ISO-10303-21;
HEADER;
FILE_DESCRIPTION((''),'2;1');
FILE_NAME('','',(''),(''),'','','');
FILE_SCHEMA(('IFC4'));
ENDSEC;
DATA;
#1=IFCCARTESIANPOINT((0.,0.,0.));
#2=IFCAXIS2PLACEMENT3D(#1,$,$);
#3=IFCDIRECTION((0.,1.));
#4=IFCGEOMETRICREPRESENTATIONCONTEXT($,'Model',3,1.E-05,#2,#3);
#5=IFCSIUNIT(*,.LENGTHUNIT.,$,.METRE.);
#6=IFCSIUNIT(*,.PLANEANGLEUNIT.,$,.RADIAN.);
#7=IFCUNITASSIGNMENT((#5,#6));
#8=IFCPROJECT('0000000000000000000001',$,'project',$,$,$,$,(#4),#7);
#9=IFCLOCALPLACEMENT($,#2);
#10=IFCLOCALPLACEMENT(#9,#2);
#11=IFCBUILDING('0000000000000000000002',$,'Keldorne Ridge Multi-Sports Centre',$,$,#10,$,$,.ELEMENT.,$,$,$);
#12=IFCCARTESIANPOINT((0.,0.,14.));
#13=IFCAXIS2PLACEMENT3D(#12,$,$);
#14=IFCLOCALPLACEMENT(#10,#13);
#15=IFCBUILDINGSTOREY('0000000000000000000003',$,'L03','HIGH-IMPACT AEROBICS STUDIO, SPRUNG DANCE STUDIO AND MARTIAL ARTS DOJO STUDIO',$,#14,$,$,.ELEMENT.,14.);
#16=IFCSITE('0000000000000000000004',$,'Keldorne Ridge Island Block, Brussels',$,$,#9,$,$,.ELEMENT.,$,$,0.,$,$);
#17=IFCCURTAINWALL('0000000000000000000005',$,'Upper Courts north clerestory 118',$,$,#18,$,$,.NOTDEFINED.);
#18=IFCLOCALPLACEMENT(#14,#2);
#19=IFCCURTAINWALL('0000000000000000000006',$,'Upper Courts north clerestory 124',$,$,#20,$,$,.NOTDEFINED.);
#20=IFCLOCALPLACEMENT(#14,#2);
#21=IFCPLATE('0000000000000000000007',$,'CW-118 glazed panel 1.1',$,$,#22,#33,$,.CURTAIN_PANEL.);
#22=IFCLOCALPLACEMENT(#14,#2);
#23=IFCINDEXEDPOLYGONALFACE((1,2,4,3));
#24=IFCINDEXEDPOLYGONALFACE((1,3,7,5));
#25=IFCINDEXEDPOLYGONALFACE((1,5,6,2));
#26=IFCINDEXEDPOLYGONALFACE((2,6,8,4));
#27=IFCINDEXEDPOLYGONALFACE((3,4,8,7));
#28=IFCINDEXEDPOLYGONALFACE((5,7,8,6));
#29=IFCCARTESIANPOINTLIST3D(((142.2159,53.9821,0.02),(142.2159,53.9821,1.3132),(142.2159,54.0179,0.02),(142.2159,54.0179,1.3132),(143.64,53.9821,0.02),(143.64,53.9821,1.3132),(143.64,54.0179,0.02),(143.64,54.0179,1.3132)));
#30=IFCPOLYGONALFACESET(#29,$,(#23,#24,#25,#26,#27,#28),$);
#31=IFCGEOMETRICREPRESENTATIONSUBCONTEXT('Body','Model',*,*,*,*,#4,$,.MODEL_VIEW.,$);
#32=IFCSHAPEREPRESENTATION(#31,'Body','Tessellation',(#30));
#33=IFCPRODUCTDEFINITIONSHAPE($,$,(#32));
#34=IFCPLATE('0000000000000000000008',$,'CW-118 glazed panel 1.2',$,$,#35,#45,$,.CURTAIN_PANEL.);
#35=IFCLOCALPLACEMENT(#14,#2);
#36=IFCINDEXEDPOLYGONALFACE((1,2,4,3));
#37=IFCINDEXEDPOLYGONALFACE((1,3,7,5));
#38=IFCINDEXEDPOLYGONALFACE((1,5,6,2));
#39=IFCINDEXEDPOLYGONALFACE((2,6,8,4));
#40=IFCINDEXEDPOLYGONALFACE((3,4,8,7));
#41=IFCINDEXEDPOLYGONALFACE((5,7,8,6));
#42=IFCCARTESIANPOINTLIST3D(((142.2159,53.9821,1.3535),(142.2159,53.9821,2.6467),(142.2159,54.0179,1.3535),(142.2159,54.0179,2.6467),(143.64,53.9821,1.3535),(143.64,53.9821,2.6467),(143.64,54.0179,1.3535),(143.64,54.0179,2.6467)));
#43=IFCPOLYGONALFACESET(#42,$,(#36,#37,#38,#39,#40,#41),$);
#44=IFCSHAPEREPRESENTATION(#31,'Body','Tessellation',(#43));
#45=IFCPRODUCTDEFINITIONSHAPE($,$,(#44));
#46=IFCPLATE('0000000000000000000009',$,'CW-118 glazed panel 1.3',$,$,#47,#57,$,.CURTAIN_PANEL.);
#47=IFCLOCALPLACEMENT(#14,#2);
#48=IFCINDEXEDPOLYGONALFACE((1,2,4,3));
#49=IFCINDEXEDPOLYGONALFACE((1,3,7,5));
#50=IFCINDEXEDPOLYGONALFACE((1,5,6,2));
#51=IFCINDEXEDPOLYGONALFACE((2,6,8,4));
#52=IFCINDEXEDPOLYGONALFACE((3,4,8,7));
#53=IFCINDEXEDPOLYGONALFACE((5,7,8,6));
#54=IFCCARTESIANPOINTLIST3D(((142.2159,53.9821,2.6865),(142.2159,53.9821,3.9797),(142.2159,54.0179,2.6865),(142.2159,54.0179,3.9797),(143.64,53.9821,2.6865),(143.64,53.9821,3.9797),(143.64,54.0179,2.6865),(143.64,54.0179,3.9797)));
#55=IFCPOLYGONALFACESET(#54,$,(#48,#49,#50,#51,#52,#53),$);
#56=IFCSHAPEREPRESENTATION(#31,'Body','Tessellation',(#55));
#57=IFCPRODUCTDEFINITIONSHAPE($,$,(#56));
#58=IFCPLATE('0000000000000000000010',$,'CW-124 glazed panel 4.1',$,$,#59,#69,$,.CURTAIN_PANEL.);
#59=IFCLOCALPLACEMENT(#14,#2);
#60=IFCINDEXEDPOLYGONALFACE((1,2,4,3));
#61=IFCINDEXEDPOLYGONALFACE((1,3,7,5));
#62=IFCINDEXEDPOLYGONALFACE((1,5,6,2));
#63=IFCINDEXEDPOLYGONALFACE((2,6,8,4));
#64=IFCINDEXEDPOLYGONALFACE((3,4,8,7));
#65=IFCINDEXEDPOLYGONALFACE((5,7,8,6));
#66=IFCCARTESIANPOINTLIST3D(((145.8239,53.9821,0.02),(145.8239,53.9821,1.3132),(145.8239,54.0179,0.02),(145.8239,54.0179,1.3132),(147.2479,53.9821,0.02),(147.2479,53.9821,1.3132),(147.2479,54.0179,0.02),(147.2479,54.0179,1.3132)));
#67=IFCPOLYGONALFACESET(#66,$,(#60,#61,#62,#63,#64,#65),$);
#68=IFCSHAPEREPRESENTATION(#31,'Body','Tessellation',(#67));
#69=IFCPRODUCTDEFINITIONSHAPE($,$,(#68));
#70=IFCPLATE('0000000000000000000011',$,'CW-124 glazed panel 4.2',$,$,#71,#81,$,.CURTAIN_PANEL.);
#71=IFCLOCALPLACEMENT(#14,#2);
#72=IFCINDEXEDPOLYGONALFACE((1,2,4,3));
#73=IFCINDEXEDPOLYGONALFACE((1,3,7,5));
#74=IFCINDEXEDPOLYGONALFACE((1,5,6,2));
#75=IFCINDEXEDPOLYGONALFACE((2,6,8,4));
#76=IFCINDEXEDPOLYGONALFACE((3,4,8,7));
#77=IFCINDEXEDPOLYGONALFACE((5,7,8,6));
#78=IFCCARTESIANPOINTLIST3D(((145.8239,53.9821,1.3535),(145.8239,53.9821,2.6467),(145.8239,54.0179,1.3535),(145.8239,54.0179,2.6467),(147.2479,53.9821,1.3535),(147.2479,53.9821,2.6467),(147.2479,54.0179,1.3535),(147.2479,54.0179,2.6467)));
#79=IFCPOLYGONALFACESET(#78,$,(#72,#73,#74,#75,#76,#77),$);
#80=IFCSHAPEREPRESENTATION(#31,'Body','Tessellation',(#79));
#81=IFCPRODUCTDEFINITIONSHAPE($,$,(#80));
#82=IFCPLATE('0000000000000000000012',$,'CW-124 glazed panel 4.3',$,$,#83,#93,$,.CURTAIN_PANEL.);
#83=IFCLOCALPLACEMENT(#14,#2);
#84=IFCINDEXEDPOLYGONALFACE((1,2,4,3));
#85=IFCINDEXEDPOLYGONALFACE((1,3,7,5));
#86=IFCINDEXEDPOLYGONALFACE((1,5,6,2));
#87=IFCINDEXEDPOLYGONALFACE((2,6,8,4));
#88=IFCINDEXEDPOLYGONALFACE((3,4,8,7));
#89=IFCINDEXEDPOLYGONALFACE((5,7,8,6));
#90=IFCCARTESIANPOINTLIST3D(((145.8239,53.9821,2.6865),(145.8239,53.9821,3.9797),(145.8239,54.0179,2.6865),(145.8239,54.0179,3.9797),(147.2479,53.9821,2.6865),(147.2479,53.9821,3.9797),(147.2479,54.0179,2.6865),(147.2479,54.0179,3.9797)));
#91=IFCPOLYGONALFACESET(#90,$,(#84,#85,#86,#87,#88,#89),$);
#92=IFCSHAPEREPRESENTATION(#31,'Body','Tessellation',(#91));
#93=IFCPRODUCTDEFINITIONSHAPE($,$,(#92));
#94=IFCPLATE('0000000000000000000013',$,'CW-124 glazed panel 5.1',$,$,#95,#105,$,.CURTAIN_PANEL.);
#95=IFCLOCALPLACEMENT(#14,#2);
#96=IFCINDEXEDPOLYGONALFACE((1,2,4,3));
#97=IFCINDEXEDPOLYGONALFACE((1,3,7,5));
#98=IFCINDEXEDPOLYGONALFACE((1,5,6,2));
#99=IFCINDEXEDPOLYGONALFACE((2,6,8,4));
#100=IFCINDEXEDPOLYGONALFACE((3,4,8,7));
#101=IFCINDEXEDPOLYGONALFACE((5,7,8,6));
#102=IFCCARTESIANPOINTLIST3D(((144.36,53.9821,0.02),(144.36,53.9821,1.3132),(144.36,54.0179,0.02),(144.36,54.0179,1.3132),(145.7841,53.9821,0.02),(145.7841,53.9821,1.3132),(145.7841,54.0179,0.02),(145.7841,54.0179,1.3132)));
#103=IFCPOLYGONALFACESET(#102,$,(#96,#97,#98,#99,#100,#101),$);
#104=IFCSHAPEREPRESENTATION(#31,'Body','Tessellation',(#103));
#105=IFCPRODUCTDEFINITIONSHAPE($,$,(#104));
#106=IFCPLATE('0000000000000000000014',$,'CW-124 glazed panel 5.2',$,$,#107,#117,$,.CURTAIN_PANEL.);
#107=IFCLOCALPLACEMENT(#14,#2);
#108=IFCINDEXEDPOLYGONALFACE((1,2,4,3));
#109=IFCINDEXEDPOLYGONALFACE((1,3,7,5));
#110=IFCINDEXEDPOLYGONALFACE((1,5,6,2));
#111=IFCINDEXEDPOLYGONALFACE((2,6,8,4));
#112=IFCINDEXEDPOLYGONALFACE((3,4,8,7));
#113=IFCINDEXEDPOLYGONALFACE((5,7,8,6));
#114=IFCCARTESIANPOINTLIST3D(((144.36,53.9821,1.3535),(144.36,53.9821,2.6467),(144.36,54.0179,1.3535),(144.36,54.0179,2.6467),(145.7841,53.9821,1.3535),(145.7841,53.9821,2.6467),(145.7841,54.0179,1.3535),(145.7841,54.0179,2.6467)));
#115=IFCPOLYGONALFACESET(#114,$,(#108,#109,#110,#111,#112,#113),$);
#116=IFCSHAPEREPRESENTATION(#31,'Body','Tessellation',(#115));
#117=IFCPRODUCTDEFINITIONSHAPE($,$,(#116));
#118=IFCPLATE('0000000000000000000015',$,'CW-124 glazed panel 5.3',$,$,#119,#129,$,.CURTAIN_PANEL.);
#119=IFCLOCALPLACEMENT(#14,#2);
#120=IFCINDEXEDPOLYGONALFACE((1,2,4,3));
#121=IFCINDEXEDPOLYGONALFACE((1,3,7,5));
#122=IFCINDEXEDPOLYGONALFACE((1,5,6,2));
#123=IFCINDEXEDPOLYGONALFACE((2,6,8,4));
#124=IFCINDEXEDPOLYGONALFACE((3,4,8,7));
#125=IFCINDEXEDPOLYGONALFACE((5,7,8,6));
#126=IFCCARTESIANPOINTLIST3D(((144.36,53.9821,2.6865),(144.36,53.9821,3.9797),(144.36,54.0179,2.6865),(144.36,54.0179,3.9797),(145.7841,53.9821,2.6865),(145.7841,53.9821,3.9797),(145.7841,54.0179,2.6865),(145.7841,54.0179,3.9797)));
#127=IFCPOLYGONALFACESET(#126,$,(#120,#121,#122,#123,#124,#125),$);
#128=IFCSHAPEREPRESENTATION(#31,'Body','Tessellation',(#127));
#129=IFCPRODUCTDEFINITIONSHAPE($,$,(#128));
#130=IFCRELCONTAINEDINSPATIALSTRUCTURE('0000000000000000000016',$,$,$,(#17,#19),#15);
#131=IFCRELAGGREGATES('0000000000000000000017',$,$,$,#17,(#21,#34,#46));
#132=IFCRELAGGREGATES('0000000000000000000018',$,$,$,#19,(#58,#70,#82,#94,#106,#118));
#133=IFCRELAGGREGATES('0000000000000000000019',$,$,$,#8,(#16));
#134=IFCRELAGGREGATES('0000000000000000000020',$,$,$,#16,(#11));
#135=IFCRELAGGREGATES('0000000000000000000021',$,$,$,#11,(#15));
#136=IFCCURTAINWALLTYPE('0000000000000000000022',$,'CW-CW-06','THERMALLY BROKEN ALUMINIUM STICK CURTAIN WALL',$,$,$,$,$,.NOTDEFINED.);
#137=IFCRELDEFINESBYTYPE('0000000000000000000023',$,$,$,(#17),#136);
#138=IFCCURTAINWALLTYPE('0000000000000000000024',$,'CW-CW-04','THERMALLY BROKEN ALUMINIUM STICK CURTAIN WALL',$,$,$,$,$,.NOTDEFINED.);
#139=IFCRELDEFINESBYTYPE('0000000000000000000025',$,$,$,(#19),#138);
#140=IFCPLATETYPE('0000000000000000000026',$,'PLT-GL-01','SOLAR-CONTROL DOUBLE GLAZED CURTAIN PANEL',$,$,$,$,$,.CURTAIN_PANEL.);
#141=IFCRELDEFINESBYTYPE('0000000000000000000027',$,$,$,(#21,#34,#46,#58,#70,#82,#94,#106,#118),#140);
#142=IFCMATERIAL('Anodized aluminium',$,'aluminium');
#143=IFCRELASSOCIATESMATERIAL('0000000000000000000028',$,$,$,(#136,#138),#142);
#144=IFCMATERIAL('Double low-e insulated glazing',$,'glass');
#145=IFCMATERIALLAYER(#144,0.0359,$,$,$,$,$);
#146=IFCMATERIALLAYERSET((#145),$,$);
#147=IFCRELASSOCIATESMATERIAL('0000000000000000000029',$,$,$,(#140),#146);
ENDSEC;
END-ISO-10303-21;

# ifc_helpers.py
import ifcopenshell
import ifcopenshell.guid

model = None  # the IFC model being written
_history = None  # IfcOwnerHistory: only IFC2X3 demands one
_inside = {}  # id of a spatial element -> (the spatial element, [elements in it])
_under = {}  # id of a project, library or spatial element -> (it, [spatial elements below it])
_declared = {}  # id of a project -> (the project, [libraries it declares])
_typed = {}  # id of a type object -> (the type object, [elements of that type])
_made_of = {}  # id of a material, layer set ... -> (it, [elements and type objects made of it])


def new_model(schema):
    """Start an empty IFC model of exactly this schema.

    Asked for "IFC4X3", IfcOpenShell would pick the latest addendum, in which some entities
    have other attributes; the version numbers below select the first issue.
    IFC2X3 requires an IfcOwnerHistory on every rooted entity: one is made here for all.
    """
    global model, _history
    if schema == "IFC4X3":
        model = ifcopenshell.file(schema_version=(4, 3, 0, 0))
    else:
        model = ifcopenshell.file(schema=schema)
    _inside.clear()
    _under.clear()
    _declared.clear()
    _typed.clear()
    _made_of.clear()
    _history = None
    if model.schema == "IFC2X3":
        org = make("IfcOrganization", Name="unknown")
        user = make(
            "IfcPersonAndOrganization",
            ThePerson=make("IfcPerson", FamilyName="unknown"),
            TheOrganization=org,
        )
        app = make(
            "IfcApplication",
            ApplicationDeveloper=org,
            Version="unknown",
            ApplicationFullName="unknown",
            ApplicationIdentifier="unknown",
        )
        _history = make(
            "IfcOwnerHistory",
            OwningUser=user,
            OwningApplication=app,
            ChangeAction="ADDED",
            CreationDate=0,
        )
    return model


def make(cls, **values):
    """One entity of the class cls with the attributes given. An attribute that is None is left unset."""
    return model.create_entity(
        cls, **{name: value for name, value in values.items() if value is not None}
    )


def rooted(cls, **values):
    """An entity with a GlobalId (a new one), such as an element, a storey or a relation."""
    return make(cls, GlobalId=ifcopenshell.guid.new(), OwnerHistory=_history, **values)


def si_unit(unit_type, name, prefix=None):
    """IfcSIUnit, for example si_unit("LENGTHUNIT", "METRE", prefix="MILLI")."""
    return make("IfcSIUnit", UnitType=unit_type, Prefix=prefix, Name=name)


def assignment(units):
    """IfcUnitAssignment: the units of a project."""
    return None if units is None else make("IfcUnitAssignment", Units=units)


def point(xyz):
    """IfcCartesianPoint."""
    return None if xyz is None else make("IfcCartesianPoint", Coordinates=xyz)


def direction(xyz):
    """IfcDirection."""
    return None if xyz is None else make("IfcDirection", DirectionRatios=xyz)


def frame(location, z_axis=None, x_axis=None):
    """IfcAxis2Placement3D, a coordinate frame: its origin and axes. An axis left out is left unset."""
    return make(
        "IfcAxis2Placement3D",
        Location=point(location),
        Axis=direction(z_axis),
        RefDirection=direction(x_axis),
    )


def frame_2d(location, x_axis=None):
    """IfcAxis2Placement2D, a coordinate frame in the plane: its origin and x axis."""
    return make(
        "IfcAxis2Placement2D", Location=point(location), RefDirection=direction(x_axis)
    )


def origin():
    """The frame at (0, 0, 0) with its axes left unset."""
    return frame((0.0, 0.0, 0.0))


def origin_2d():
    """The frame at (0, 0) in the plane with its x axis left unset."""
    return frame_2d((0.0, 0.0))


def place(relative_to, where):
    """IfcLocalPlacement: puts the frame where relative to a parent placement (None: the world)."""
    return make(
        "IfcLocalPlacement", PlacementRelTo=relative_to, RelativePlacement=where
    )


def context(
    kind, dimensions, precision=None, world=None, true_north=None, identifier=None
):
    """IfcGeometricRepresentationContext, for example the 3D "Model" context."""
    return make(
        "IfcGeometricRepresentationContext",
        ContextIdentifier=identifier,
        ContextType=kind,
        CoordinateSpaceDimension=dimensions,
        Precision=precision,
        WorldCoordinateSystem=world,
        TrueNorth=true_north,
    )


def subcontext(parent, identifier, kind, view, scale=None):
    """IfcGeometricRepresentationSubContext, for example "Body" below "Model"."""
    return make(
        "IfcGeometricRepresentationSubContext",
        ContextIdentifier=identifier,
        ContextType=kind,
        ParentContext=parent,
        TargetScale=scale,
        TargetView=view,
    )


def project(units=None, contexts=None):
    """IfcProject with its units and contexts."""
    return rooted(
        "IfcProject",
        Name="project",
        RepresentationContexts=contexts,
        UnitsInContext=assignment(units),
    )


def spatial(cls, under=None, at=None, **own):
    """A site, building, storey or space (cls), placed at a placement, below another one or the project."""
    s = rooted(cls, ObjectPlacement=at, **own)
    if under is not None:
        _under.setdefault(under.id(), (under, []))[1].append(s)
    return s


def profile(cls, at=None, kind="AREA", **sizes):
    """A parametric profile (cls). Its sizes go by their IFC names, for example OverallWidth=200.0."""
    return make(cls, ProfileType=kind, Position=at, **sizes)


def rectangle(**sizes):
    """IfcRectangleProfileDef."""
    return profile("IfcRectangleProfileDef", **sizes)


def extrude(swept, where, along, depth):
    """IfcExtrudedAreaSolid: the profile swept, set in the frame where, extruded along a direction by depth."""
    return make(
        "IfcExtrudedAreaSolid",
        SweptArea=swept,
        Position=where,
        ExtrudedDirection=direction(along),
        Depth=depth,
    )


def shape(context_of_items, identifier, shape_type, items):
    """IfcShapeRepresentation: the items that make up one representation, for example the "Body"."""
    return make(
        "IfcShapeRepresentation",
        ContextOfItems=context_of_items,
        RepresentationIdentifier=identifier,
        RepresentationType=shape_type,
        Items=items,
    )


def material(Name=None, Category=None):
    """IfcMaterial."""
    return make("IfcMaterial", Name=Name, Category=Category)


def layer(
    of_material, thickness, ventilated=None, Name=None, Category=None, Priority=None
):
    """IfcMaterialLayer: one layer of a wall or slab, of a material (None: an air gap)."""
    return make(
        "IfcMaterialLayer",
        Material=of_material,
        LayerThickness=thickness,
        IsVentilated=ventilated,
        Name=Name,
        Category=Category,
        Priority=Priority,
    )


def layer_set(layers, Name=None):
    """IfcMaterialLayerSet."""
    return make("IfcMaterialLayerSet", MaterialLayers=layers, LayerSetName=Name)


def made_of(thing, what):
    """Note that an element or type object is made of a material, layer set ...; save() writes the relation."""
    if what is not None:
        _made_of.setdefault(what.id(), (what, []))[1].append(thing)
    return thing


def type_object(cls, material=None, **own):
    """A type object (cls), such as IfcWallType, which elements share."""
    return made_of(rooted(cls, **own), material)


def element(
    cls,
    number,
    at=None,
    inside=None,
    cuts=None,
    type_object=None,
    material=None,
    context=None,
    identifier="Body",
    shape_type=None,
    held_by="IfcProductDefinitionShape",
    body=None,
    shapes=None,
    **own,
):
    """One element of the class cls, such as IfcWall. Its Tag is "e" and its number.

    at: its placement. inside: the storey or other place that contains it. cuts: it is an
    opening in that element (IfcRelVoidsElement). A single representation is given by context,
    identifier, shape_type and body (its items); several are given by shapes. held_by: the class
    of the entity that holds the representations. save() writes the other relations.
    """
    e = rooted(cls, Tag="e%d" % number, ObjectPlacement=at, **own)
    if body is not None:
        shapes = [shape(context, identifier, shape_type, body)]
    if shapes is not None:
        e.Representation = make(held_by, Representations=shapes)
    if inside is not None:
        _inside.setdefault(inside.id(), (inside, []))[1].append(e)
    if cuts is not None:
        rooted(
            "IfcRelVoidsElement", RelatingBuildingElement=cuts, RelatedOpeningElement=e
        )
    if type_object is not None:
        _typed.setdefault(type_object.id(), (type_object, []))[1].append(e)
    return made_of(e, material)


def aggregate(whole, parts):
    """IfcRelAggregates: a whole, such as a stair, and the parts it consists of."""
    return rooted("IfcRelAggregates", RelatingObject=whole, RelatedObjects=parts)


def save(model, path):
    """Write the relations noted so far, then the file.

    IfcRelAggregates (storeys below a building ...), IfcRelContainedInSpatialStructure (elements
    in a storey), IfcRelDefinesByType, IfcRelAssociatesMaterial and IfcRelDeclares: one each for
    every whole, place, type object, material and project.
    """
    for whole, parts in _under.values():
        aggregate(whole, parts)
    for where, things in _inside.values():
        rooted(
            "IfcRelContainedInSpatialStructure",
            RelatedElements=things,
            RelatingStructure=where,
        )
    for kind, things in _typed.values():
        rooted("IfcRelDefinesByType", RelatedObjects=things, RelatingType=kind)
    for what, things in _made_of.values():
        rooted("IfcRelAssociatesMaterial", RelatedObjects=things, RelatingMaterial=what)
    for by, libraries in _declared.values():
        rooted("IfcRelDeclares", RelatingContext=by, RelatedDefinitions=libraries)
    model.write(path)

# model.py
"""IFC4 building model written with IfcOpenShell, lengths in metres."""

from ifc_helpers import new_model, si_unit, direction, frame, origin, origin_2d, place, context, subcontext, project, spatial, rectangle, extrude, material, layer, layer_set, type_object, element, aggregate, save


model = new_model("IFC4")

# Units and contexts
model_context = context("Model", 3, precision=1e-05, world=origin(), true_north=direction((0.0, 1.0)))
body_context = subcontext(model_context, "Body", "Model", "MODEL_VIEW")
ifc_project = project(units=[si_unit("LENGTHUNIT", "METRE"), si_unit("PLANEANGLEUNIT", "RADIAN")], contexts=[model_context])

# Site, building, storey
site_placement = place(None, origin())
site = spatial("IfcSite", under=ifc_project, at=site_placement, Name="Keldorne Ridge Island Block, Brussels", CompositionType="ELEMENT", RefElevation=0.0)
building_placement = place(site_placement, origin())
building = spatial("IfcBuilding", under=site, at=building_placement, Name="Keldorne Ridge Multi-Sports Centre", CompositionType="ELEMENT")
storey_placement = place(building_placement, frame((0.0, 0.0, 14.0)))
storey = spatial("IfcBuildingStorey", under=building, at=storey_placement, Name="L03", Description="HIGH-IMPACT AEROBICS STUDIO, SPRUNG DANCE STUDIO AND MARTIAL ARTS DOJO STUDIO", CompositionType="ELEMENT", Elevation=14.0)

# Curtain wall
ifc_material_1 = material(Name="Anodized aluminium", Category="aluminium")
curtain_wall_type_1 = type_object("IfcCurtainWallType", Name="CW-CW-06", Description="THERMALLY BROKEN ALUMINIUM STICK CURTAIN WALL", PredefinedType="NOTDEFINED", material=ifc_material_1)
curtain_wall_1_placement = place(storey_placement, origin())
curtain_wall_1 = element("IfcCurtainWall", 1, at=curtain_wall_1_placement, inside=storey, type_object=curtain_wall_type_1, Name="Upper Courts north clerestory 118", PredefinedType="NOTDEFINED")

# Curtain wall
curtain_wall_type_2 = type_object("IfcCurtainWallType", Name="CW-CW-04", Description="THERMALLY BROKEN ALUMINIUM STICK CURTAIN WALL", PredefinedType="NOTDEFINED", material=ifc_material_1)
curtain_wall_2_placement = place(storey_placement, origin())
curtain_wall_2 = element("IfcCurtainWall", 2, at=curtain_wall_2_placement, inside=storey, type_object=curtain_wall_type_2, Name="Upper Courts north clerestory 124", PredefinedType="NOTDEFINED")

# Plates
ifc_material_2 = material(Name="Double low-e insulated glazing", Category="glass")
ifc_layer = layer(ifc_material_2, 0.0359)
ifc_layer_set = layer_set([ifc_layer])
plate_type = type_object("IfcPlateType", Name="PLT-GL-01", Description="SOLAR-CONTROL DOUBLE GLAZED CURTAIN PANEL", PredefinedType="CURTAIN_PANEL", material=ifc_layer_set)
plate_1_placement = place(storey_placement, frame((142.928, 54.0, 0.02), z_axis=(0.0, 0.0, 1.0), x_axis=(-1.0, 0.0, 0.0)))
plate_1 = element("IfcPlate", 3, at=plate_1_placement, type_object=plate_type, Name="CW-118 glazed panel 1.1", PredefinedType="CURTAIN_PANEL", context=body_context, shape_type="SweptSolid", body=[
    extrude(rectangle(XDim=1.4241, YDim=0.0359, at=origin_2d()), origin(), (0.0, 0.0, 1.0), 1.2932),
])
plate_2_placement = place(storey_placement, frame((142.928, 54.0, 1.3535), z_axis=(0.0, 0.0, 1.0), x_axis=(-1.0, 0.0, 0.0)))
plate_2 = element("IfcPlate", 4, at=plate_2_placement, type_object=plate_type, Name="CW-118 glazed panel 1.2", PredefinedType="CURTAIN_PANEL", context=body_context, shape_type="SweptSolid", body=[
    extrude(rectangle(XDim=1.4241, YDim=0.0359, at=origin_2d()), origin(), (0.0, 0.0, 1.0), 1.2932),
])
plate_3_placement = place(storey_placement, frame((142.928, 54.0, 2.6865), z_axis=(0.0, 0.0, 1.0), x_axis=(-1.0, 0.0, 0.0)))
plate_3 = element("IfcPlate", 5, at=plate_3_placement, type_object=plate_type, Name="CW-118 glazed panel 1.3", PredefinedType="CURTAIN_PANEL", context=body_context, shape_type="SweptSolid", body=[
    extrude(rectangle(XDim=1.4241, YDim=0.0359, at=origin_2d()), origin(), (0.0, 0.0, 1.0), 1.2932),
])
aggregate(curtain_wall_1, [plate_1, plate_2, plate_3])
plate_4_placement = place(storey_placement, frame((146.5359, 54.0, 0.02), z_axis=(0.0, 0.0, 1.0), x_axis=(-1.0, 0.0, 0.0)))
plate_4 = element("IfcPlate", 6, at=plate_4_placement, type_object=plate_type, Name="CW-124 glazed panel 4.1", PredefinedType="CURTAIN_PANEL", context=body_context, shape_type="SweptSolid", body=[
    extrude(rectangle(XDim=1.4241, YDim=0.0359, at=origin_2d()), origin(), (0.0, 0.0, 1.0), 1.2932),
])
plate_5_placement = place(storey_placement, frame((146.5359, 54.0, 1.3535), z_axis=(0.0, 0.0, 1.0), x_axis=(-1.0, 0.0, 0.0)))
plate_5 = element("IfcPlate", 7, at=plate_5_placement, type_object=plate_type, Name="CW-124 glazed panel 4.2", PredefinedType="CURTAIN_PANEL", context=body_context, shape_type="SweptSolid", body=[
    extrude(rectangle(XDim=1.4241, YDim=0.0359, at=origin_2d()), origin(), (0.0, 0.0, 1.0), 1.2932),
])
plate_6_placement = place(storey_placement, frame((146.5359, 54.0, 2.6865), z_axis=(0.0, 0.0, 1.0), x_axis=(-1.0, 0.0, 0.0)))
plate_6 = element("IfcPlate", 8, at=plate_6_placement, type_object=plate_type, Name="CW-124 glazed panel 4.3", PredefinedType="CURTAIN_PANEL", context=body_context, shape_type="SweptSolid", body=[
    extrude(rectangle(XDim=1.4241, YDim=0.0359, at=origin_2d()), origin(), (0.0, 0.0, 1.0), 1.2932),
])
plate_7_placement = place(storey_placement, frame((145.072, 54.0, 0.02), z_axis=(0.0, 0.0, 1.0), x_axis=(-1.0, 0.0, 0.0)))
plate_7 = element("IfcPlate", 9, at=plate_7_placement, type_object=plate_type, Name="CW-124 glazed panel 5.1", PredefinedType="CURTAIN_PANEL", context=body_context, shape_type="SweptSolid", body=[
    extrude(rectangle(XDim=1.4241, YDim=0.0359, at=origin_2d()), origin(), (0.0, 0.0, 1.0), 1.2932),
])
plate_8_placement = place(storey_placement, frame((145.072, 54.0, 1.3535), z_axis=(0.0, 0.0, 1.0), x_axis=(-1.0, 0.0, 0.0)))
plate_8 = element("IfcPlate", 10, at=plate_8_placement, type_object=plate_type, Name="CW-124 glazed panel 5.2", PredefinedType="CURTAIN_PANEL", context=body_context, shape_type="SweptSolid", body=[
    extrude(rectangle(XDim=1.4241, YDim=0.0359, at=origin_2d()), origin(), (0.0, 0.0, 1.0), 1.2932),
])
plate_9_placement = place(storey_placement, frame((145.072, 54.0, 2.6865), z_axis=(0.0, 0.0, 1.0), x_axis=(-1.0, 0.0, 0.0)))
plate_9 = element("IfcPlate", 11, at=plate_9_placement, type_object=plate_type, Name="CW-124 glazed panel 5.3", PredefinedType="CURTAIN_PANEL", context=body_context, shape_type="SweptSolid", body=[
    extrude(rectangle(XDim=1.4241, YDim=0.0359, at=origin_2d()), origin(), (0.0, 0.0, 1.0), 1.2932),
])
aggregate(curtain_wall_2, [plate_4, plate_5, plate_6, plate_7, plate_8, plate_9])

save(model, "model.ifc")
